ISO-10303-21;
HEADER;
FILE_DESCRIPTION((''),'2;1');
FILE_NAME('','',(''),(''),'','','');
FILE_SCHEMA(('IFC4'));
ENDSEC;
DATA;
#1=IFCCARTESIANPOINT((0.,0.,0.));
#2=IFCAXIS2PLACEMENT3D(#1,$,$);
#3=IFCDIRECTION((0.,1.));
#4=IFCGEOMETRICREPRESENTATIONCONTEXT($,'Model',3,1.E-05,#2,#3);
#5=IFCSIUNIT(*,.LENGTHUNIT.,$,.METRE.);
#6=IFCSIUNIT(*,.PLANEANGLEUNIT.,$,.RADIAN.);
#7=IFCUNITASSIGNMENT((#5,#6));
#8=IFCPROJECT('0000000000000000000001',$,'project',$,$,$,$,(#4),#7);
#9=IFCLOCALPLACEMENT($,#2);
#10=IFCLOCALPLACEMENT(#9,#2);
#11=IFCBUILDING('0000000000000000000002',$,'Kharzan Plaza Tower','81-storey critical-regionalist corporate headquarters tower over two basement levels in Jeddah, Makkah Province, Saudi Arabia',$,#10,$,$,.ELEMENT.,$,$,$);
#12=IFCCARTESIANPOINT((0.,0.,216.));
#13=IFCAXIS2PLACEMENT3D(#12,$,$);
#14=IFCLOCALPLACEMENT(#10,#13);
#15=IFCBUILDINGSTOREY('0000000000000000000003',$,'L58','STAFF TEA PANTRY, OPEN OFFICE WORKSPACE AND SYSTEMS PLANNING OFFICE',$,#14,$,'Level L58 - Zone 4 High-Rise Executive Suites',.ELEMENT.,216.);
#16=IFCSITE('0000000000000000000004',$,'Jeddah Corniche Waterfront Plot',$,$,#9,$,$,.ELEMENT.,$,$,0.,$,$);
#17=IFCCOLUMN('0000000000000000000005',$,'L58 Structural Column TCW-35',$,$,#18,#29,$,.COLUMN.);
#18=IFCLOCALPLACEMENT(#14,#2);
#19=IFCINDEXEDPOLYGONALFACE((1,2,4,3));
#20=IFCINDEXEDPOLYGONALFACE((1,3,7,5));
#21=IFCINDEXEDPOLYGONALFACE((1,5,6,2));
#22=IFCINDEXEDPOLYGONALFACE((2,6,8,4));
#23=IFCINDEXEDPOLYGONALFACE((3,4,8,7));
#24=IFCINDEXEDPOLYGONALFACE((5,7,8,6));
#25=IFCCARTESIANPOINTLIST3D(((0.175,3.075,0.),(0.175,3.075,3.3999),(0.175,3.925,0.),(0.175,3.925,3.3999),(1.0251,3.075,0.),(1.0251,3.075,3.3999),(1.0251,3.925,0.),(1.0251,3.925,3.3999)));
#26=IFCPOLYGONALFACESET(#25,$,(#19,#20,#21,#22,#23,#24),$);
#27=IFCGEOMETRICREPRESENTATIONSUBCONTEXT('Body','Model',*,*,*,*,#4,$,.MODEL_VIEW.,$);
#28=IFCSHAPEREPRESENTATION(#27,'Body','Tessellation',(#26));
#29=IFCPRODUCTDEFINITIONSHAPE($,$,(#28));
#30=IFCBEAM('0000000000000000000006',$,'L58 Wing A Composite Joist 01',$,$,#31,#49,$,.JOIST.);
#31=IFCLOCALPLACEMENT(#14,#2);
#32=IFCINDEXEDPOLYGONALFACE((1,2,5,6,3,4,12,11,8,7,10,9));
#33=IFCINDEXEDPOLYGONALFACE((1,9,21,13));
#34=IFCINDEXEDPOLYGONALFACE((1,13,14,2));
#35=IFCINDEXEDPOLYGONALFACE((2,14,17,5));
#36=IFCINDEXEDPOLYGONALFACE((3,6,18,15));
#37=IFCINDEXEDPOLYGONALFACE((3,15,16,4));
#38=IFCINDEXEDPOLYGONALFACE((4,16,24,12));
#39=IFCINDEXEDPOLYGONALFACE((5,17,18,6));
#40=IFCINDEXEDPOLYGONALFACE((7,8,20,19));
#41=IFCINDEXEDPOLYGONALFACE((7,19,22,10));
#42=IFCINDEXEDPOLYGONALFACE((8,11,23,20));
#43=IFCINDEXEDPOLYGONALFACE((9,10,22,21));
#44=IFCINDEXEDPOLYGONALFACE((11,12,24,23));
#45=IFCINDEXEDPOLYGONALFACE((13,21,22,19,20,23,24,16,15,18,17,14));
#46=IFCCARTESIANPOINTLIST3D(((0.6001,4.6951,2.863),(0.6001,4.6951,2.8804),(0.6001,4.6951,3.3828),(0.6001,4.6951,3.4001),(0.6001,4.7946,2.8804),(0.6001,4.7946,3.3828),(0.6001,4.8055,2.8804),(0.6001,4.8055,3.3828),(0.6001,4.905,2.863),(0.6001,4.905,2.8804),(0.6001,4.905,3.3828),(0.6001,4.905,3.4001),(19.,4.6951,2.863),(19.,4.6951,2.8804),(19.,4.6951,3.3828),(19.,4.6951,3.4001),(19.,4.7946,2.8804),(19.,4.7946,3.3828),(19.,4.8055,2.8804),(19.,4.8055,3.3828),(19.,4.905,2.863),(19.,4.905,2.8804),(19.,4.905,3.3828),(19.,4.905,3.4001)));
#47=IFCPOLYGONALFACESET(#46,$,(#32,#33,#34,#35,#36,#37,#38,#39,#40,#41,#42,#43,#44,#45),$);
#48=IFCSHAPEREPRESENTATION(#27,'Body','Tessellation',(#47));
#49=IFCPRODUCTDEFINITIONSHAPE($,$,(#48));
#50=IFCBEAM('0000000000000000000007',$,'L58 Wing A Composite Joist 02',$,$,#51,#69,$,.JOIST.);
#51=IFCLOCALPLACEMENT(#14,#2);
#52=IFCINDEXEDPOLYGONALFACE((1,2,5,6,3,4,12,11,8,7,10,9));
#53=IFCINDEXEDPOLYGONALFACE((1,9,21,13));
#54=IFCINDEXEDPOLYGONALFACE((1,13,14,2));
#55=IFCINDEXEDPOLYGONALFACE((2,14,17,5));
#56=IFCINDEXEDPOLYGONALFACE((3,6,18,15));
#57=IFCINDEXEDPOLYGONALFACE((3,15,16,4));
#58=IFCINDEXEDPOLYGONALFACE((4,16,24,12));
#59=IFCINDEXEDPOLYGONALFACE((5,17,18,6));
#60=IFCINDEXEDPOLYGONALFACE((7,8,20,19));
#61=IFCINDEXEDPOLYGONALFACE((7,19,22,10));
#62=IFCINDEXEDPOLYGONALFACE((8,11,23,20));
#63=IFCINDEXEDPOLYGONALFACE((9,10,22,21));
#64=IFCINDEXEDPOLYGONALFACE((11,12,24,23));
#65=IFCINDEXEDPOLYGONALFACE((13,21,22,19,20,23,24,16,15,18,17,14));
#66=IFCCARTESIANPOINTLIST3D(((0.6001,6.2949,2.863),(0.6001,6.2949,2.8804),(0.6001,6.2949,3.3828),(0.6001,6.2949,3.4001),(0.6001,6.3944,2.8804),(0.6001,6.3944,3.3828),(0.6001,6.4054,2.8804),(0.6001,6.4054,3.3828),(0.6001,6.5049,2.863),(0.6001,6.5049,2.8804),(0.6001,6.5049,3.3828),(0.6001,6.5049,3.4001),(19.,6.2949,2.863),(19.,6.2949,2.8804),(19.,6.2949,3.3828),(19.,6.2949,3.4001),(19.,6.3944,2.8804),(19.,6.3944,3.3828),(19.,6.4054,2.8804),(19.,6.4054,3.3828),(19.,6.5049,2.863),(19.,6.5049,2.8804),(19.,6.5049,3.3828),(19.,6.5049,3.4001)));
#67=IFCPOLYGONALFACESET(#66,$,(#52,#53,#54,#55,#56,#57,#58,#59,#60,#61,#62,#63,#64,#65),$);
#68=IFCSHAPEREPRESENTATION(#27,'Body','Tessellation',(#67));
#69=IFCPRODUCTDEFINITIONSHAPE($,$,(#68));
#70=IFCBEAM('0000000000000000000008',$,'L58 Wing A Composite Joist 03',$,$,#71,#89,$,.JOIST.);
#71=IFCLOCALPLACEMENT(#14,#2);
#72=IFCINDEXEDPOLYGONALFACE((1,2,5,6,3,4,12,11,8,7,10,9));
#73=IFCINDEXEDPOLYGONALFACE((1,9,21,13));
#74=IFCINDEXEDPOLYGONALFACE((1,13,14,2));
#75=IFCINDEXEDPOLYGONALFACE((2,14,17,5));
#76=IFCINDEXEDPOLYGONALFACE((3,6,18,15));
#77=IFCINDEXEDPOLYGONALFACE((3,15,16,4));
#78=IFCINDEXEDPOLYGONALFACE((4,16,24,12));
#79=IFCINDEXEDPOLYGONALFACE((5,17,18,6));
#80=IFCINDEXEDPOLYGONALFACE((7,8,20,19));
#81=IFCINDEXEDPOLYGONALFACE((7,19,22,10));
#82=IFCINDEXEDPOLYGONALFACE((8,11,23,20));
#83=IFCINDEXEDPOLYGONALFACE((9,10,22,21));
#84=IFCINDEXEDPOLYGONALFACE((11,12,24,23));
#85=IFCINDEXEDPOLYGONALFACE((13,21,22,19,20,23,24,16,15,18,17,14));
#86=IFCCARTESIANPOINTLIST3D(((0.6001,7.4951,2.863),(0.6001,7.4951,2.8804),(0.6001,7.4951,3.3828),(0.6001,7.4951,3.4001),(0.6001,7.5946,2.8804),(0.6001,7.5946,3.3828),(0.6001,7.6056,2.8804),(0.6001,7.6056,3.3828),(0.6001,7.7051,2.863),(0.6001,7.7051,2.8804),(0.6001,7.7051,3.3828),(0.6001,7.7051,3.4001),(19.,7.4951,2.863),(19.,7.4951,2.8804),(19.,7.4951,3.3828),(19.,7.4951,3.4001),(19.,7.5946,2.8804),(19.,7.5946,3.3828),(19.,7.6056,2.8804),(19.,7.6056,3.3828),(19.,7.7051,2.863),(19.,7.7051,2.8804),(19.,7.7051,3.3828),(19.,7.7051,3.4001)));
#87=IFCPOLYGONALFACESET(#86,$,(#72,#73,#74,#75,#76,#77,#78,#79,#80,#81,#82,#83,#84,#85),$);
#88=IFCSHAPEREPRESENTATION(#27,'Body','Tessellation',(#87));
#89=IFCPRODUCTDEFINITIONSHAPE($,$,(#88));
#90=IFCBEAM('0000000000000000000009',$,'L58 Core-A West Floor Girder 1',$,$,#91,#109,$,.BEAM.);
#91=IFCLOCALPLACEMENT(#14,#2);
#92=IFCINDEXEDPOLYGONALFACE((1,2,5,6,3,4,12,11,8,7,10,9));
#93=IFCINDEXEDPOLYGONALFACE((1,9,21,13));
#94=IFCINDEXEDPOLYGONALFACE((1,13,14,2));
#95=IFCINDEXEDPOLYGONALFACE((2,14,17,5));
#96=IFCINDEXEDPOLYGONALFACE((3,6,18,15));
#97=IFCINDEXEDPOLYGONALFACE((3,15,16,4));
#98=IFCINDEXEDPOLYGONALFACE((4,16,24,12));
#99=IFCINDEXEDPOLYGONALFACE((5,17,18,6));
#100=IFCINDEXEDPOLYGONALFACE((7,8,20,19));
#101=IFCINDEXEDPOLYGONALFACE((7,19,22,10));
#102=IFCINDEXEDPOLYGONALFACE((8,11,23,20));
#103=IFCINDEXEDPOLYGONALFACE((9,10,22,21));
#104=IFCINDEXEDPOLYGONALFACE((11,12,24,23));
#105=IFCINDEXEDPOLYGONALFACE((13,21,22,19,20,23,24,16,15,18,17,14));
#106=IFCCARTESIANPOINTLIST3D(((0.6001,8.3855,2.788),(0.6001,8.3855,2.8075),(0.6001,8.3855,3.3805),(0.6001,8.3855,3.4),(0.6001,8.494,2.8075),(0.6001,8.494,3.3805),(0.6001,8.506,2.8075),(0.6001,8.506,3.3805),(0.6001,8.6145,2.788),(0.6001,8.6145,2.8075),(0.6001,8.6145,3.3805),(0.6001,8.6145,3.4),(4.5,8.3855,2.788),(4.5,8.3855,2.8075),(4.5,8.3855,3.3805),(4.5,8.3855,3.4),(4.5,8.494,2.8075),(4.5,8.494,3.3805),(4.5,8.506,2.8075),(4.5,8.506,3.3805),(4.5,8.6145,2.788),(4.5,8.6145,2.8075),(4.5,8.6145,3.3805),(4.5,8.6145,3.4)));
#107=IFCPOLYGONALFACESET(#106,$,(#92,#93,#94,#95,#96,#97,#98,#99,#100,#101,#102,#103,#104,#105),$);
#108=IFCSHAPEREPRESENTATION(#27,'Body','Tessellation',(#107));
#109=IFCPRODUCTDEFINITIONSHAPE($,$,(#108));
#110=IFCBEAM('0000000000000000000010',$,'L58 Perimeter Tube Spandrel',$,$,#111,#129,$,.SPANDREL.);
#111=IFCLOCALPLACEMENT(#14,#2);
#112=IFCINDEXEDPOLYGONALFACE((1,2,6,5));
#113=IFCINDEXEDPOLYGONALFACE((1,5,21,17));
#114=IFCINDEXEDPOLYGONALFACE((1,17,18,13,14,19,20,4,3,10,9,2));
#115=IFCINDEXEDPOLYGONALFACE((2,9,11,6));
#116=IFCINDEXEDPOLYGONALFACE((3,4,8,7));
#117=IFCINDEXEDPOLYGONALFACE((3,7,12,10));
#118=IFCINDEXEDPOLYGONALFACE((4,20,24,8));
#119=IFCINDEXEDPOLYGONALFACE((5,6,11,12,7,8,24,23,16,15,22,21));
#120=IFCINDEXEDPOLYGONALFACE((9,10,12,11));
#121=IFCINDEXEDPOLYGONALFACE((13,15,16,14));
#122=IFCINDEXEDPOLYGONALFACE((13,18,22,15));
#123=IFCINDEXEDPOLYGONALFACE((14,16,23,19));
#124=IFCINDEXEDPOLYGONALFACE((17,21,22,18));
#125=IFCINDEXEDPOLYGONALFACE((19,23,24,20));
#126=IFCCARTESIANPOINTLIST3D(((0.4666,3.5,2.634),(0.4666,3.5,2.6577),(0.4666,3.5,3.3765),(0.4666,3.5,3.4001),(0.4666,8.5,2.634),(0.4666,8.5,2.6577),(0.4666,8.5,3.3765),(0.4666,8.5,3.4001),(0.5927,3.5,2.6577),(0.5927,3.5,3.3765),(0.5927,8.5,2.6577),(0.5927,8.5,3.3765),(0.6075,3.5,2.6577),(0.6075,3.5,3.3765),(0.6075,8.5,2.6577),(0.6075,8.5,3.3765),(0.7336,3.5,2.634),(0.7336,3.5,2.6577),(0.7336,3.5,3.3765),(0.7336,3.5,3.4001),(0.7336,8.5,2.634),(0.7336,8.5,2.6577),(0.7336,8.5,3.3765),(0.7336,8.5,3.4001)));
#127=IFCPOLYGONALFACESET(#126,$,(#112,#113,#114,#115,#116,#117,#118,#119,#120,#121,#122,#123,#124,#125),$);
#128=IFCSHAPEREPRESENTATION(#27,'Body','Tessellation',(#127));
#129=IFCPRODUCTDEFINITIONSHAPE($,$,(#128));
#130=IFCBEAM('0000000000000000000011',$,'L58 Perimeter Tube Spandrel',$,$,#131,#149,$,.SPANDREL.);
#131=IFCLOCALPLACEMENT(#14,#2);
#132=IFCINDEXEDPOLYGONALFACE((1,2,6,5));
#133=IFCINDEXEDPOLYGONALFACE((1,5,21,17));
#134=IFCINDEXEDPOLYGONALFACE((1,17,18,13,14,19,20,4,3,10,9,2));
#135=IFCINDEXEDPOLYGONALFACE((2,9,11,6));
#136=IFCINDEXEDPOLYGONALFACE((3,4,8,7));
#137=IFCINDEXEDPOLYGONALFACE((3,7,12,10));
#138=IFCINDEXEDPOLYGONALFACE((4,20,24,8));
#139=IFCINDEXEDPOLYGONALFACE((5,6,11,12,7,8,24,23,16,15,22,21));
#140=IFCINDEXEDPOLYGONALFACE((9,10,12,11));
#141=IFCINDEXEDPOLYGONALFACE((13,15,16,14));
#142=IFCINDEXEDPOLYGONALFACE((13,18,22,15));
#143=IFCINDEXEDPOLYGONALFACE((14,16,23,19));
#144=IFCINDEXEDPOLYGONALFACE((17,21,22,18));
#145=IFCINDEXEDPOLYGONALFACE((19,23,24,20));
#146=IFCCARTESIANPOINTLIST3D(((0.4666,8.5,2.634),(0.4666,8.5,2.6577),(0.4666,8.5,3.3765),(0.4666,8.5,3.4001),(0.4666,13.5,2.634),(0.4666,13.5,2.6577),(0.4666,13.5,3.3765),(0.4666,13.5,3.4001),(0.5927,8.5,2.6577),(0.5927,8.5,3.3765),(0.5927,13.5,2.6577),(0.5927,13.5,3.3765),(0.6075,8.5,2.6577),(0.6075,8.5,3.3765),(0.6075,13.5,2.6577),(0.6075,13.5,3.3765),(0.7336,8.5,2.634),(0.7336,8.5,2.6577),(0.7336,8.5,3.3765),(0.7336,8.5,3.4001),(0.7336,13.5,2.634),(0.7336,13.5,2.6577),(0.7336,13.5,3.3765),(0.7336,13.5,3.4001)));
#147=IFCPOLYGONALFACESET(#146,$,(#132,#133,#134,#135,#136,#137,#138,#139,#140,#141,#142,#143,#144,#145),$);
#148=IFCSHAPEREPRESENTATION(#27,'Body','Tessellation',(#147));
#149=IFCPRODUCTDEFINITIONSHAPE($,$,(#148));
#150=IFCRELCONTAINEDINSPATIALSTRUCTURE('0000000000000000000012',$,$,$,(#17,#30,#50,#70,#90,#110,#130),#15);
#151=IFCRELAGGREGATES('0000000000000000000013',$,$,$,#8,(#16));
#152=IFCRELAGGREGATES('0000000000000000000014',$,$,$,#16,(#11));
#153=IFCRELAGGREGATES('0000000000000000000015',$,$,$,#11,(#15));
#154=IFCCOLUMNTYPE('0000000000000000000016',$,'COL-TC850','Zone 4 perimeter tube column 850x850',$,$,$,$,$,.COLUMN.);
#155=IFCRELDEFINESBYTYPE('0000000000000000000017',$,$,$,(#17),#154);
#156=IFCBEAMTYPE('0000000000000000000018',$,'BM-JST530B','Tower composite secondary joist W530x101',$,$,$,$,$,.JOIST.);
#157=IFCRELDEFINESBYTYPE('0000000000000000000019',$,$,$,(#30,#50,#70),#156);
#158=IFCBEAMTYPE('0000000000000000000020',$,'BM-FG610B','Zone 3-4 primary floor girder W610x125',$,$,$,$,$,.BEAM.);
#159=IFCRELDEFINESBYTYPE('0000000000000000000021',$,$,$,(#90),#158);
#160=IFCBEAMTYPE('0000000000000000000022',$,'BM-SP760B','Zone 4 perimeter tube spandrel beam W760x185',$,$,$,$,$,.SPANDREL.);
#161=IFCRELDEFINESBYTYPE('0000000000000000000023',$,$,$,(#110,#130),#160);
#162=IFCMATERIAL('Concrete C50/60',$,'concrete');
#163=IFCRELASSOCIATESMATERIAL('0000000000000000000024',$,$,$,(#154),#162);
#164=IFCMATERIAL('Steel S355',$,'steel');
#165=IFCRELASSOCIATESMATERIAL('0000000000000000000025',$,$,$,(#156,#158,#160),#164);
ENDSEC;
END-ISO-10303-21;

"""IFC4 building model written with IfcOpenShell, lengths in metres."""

from ifc_helpers import new_model, si_unit, direction, frame, origin, origin_2d, place, context, subcontext, project, spatial, rectangle, i_section, extrude, source, transform, mapped, material, material_profile, profile_set, type_object, element, save


model = new_model("IFC4")

# Units and contexts
model_context = context("Model", 3, precision=1e-05, world=origin(), true_north=direction((0.0, 1.0)))
body_context = subcontext(model_context, "Body", "Model", "MODEL_VIEW")
ifc_project = project(units=[si_unit("LENGTHUNIT", "METRE"), si_unit("PLANEANGLEUNIT", "RADIAN")], contexts=[model_context])

# Site, building, storey
site_placement = place(None, origin())
site = spatial("IfcSite", under=ifc_project, at=site_placement, Name="Jeddah Corniche Waterfront Plot", CompositionType="ELEMENT", RefElevation=0.0)
building_placement = place(site_placement, origin())
building = spatial("IfcBuilding", under=site, at=building_placement, Name="Kharzan Plaza Tower", Description="81-storey critical-regionalist corporate headquarters tower over two basement levels in Jeddah, Makkah Province, Saudi Arabia", CompositionType="ELEMENT")
storey_placement = place(building_placement, frame((0.0, 0.0, 216.0)))
storey = spatial("IfcBuildingStorey", under=building, at=storey_placement, Name="L58", Description="STAFF TEA PANTRY, OPEN OFFICE WORKSPACE AND SYSTEMS PLANNING OFFICE", LongName="Level L58 - Zone 4 High-Rise Executive Suites", CompositionType="ELEMENT", Elevation=216.0)

# Column
ifc_material_1 = material(Name="Concrete C50/60", Category="concrete")
ifc_material_profile_1 = material_profile(ifc_material_1, rectangle(XDim=0.8501, YDim=0.8501, at=origin_2d()), Name="RC-TC850x850")
ifc_profile_set_1 = profile_set([ifc_material_profile_1], Name="Concrete C50/60")
column_type = type_object("IfcColumnType", Name="COL-TC850", Description="Zone 4 perimeter tube column 850x850", PredefinedType="COLUMN", material=ifc_profile_set_1)
shared_shape_1 = source(origin(), body_context, "Body", "SweptSolid", [
    extrude(rectangle(XDim=0.8501, YDim=0.8501, at=origin_2d()), origin(), (0.0, 0.0, 1.0), 3.3999),
])
column_placement = place(storey_placement, frame((0.6001, 3.5, 0.0), z_axis=(0.0, 0.0, 1.0), x_axis=(1.0, 0.0, 0.0)))
element("IfcColumn", 1, at=column_placement, inside=storey, type_object=column_type, Name="L58 Structural Column TCW-35", PredefinedType="COLUMN", context=body_context, shape_type="MappedRepresentation", body=[
    mapped(shared_shape_1, transform((0.0, 0.0, 0.0), x_axis=(1.0, 0.0, 0.0), y_axis=(0.0, 1.0, 0.0), z_axis=(0.0, 0.0, 1.0))),
])

# Beams
ifc_material_2 = material(Name="Steel S355", Category="steel")
ifc_material_profile_2 = material_profile(ifc_material_2, i_section(OverallWidth=0.21, OverallDepth=0.5371, WebThickness=0.011, FlangeThickness=0.0173, at=origin_2d()), Name="W530x101")
ifc_profile_set_2 = profile_set([ifc_material_profile_2], Name="Steel S355")
beam_type_1 = type_object("IfcBeamType", Name="BM-JST530B", Description="Tower composite secondary joist W530x101", PredefinedType="JOIST", material=ifc_profile_set_2)
shared_shape_2 = source(origin(), body_context, "Body", "SweptSolid", [
    extrude(i_section(OverallWidth=0.21, OverallDepth=0.5371, WebThickness=0.011, FlangeThickness=0.0173, at=origin_2d()), origin(), (0.0, 0.0, 1.0), 18.3999),
])
for number, where, z_axis, x_axis, name in (
    (2, (0.6001, 4.8, 3.1316), (1.0, 0.0, 0.0), (0.0, 1.0, 0.0), "L58 Wing A Composite Joist 01"),
    (3, (0.6001, 6.3999, 3.1316), (1.0, 0.0, 0.0), (0.0, 1.0, 0.0), "L58 Wing A Composite Joist 02"),
    (4, (0.6001, 7.6001, 3.1316), (1.0, 0.0, 0.0), (0.0, 1.0, 0.0), "L58 Wing A Composite Joist 03"),
):
    element("IfcBeam", number, at=place(storey_placement, frame(where, z_axis=z_axis, x_axis=x_axis)), inside=storey, type_object=beam_type_1, Name=name, PredefinedType="JOIST", context=body_context, shape_type="MappedRepresentation", body=[
        mapped(shared_shape_2, transform((0.0, 0.0, 0.0), x_axis=(1.0, 0.0, 0.0), y_axis=(0.0, 1.0, 0.0), z_axis=(0.0, 0.0, 1.0))),
    ])
ifc_material_profile_3 = material_profile(ifc_material_2, i_section(OverallWidth=0.229, OverallDepth=0.6121, WebThickness=0.012, FlangeThickness=0.0195, at=origin_2d()), Name="W610x125")
ifc_profile_set_3 = profile_set([ifc_material_profile_3], Name="Steel S355")
beam_type_2 = type_object("IfcBeamType", Name="BM-FG610B", Description="Zone 3-4 primary floor girder W610x125", PredefinedType="BEAM", material=ifc_profile_set_3)
shared_shape_3 = source(origin(), body_context, "Body", "SweptSolid", [
    extrude(i_section(OverallWidth=0.229, OverallDepth=0.6121, WebThickness=0.012, FlangeThickness=0.0195, at=origin_2d()), origin(), (0.0, 0.0, 1.0), 3.8999),
])
beam_placement = place(storey_placement, frame((0.6001, 8.5, 3.094), z_axis=(1.0, 0.0, 0.0), x_axis=(0.0, 1.0, 0.0)))
element("IfcBeam", 5, at=beam_placement, inside=storey, type_object=beam_type_2, Name="L58 Core-A West Floor Girder 1", PredefinedType="BEAM", context=body_context, shape_type="MappedRepresentation", body=[
    mapped(shared_shape_3, transform((0.0, 0.0, 0.0), x_axis=(1.0, 0.0, 0.0), y_axis=(0.0, 1.0, 0.0), z_axis=(0.0, 0.0, 1.0))),
])
ifc_material_profile_4 = material_profile(ifc_material_2, i_section(OverallWidth=0.2671, OverallDepth=0.7661, WebThickness=0.0149, FlangeThickness=0.0237, at=origin_2d()), Name="W760x185")
ifc_profile_set_4 = profile_set([ifc_material_profile_4], Name="Steel S355")
beam_type_3 = type_object("IfcBeamType", Name="BM-SP760B", Description="Zone 4 perimeter tube spandrel beam W760x185", PredefinedType="SPANDREL", material=ifc_profile_set_4)
shared_shape_4 = source(origin(), body_context, "Body", "SweptSolid", [
    extrude(i_section(OverallWidth=0.2671, OverallDepth=0.7661, WebThickness=0.0149, FlangeThickness=0.0237, at=origin_2d()), origin(), (0.0, 0.0, 1.0), 5.0),
])
for number, where, z_axis, x_axis, name in (
    (6, (0.6001, 3.5, 3.0171), (0.0, 1.0, 0.0), (-1.0, 0.0, 0.0), "L58 Perimeter Tube Spandrel"),
    (7, (0.6001, 8.5, 3.0171), (0.0, 1.0, 0.0), (-1.0, 0.0, 0.0), "L58 Perimeter Tube Spandrel"),
):
    element("IfcBeam", number, at=place(storey_placement, frame(where, z_axis=z_axis, x_axis=x_axis)), inside=storey, type_object=beam_type_3, Name=name, PredefinedType="SPANDREL", context=body_context, shape_type="MappedRepresentation", body=[
        mapped(shared_shape_4, transform((0.0, 0.0, 0.0), x_axis=(1.0, 0.0, 0.0), y_axis=(0.0, 1.0, 0.0), z_axis=(0.0, 0.0, 1.0))),
    ])

save(model, "model.ifc")
